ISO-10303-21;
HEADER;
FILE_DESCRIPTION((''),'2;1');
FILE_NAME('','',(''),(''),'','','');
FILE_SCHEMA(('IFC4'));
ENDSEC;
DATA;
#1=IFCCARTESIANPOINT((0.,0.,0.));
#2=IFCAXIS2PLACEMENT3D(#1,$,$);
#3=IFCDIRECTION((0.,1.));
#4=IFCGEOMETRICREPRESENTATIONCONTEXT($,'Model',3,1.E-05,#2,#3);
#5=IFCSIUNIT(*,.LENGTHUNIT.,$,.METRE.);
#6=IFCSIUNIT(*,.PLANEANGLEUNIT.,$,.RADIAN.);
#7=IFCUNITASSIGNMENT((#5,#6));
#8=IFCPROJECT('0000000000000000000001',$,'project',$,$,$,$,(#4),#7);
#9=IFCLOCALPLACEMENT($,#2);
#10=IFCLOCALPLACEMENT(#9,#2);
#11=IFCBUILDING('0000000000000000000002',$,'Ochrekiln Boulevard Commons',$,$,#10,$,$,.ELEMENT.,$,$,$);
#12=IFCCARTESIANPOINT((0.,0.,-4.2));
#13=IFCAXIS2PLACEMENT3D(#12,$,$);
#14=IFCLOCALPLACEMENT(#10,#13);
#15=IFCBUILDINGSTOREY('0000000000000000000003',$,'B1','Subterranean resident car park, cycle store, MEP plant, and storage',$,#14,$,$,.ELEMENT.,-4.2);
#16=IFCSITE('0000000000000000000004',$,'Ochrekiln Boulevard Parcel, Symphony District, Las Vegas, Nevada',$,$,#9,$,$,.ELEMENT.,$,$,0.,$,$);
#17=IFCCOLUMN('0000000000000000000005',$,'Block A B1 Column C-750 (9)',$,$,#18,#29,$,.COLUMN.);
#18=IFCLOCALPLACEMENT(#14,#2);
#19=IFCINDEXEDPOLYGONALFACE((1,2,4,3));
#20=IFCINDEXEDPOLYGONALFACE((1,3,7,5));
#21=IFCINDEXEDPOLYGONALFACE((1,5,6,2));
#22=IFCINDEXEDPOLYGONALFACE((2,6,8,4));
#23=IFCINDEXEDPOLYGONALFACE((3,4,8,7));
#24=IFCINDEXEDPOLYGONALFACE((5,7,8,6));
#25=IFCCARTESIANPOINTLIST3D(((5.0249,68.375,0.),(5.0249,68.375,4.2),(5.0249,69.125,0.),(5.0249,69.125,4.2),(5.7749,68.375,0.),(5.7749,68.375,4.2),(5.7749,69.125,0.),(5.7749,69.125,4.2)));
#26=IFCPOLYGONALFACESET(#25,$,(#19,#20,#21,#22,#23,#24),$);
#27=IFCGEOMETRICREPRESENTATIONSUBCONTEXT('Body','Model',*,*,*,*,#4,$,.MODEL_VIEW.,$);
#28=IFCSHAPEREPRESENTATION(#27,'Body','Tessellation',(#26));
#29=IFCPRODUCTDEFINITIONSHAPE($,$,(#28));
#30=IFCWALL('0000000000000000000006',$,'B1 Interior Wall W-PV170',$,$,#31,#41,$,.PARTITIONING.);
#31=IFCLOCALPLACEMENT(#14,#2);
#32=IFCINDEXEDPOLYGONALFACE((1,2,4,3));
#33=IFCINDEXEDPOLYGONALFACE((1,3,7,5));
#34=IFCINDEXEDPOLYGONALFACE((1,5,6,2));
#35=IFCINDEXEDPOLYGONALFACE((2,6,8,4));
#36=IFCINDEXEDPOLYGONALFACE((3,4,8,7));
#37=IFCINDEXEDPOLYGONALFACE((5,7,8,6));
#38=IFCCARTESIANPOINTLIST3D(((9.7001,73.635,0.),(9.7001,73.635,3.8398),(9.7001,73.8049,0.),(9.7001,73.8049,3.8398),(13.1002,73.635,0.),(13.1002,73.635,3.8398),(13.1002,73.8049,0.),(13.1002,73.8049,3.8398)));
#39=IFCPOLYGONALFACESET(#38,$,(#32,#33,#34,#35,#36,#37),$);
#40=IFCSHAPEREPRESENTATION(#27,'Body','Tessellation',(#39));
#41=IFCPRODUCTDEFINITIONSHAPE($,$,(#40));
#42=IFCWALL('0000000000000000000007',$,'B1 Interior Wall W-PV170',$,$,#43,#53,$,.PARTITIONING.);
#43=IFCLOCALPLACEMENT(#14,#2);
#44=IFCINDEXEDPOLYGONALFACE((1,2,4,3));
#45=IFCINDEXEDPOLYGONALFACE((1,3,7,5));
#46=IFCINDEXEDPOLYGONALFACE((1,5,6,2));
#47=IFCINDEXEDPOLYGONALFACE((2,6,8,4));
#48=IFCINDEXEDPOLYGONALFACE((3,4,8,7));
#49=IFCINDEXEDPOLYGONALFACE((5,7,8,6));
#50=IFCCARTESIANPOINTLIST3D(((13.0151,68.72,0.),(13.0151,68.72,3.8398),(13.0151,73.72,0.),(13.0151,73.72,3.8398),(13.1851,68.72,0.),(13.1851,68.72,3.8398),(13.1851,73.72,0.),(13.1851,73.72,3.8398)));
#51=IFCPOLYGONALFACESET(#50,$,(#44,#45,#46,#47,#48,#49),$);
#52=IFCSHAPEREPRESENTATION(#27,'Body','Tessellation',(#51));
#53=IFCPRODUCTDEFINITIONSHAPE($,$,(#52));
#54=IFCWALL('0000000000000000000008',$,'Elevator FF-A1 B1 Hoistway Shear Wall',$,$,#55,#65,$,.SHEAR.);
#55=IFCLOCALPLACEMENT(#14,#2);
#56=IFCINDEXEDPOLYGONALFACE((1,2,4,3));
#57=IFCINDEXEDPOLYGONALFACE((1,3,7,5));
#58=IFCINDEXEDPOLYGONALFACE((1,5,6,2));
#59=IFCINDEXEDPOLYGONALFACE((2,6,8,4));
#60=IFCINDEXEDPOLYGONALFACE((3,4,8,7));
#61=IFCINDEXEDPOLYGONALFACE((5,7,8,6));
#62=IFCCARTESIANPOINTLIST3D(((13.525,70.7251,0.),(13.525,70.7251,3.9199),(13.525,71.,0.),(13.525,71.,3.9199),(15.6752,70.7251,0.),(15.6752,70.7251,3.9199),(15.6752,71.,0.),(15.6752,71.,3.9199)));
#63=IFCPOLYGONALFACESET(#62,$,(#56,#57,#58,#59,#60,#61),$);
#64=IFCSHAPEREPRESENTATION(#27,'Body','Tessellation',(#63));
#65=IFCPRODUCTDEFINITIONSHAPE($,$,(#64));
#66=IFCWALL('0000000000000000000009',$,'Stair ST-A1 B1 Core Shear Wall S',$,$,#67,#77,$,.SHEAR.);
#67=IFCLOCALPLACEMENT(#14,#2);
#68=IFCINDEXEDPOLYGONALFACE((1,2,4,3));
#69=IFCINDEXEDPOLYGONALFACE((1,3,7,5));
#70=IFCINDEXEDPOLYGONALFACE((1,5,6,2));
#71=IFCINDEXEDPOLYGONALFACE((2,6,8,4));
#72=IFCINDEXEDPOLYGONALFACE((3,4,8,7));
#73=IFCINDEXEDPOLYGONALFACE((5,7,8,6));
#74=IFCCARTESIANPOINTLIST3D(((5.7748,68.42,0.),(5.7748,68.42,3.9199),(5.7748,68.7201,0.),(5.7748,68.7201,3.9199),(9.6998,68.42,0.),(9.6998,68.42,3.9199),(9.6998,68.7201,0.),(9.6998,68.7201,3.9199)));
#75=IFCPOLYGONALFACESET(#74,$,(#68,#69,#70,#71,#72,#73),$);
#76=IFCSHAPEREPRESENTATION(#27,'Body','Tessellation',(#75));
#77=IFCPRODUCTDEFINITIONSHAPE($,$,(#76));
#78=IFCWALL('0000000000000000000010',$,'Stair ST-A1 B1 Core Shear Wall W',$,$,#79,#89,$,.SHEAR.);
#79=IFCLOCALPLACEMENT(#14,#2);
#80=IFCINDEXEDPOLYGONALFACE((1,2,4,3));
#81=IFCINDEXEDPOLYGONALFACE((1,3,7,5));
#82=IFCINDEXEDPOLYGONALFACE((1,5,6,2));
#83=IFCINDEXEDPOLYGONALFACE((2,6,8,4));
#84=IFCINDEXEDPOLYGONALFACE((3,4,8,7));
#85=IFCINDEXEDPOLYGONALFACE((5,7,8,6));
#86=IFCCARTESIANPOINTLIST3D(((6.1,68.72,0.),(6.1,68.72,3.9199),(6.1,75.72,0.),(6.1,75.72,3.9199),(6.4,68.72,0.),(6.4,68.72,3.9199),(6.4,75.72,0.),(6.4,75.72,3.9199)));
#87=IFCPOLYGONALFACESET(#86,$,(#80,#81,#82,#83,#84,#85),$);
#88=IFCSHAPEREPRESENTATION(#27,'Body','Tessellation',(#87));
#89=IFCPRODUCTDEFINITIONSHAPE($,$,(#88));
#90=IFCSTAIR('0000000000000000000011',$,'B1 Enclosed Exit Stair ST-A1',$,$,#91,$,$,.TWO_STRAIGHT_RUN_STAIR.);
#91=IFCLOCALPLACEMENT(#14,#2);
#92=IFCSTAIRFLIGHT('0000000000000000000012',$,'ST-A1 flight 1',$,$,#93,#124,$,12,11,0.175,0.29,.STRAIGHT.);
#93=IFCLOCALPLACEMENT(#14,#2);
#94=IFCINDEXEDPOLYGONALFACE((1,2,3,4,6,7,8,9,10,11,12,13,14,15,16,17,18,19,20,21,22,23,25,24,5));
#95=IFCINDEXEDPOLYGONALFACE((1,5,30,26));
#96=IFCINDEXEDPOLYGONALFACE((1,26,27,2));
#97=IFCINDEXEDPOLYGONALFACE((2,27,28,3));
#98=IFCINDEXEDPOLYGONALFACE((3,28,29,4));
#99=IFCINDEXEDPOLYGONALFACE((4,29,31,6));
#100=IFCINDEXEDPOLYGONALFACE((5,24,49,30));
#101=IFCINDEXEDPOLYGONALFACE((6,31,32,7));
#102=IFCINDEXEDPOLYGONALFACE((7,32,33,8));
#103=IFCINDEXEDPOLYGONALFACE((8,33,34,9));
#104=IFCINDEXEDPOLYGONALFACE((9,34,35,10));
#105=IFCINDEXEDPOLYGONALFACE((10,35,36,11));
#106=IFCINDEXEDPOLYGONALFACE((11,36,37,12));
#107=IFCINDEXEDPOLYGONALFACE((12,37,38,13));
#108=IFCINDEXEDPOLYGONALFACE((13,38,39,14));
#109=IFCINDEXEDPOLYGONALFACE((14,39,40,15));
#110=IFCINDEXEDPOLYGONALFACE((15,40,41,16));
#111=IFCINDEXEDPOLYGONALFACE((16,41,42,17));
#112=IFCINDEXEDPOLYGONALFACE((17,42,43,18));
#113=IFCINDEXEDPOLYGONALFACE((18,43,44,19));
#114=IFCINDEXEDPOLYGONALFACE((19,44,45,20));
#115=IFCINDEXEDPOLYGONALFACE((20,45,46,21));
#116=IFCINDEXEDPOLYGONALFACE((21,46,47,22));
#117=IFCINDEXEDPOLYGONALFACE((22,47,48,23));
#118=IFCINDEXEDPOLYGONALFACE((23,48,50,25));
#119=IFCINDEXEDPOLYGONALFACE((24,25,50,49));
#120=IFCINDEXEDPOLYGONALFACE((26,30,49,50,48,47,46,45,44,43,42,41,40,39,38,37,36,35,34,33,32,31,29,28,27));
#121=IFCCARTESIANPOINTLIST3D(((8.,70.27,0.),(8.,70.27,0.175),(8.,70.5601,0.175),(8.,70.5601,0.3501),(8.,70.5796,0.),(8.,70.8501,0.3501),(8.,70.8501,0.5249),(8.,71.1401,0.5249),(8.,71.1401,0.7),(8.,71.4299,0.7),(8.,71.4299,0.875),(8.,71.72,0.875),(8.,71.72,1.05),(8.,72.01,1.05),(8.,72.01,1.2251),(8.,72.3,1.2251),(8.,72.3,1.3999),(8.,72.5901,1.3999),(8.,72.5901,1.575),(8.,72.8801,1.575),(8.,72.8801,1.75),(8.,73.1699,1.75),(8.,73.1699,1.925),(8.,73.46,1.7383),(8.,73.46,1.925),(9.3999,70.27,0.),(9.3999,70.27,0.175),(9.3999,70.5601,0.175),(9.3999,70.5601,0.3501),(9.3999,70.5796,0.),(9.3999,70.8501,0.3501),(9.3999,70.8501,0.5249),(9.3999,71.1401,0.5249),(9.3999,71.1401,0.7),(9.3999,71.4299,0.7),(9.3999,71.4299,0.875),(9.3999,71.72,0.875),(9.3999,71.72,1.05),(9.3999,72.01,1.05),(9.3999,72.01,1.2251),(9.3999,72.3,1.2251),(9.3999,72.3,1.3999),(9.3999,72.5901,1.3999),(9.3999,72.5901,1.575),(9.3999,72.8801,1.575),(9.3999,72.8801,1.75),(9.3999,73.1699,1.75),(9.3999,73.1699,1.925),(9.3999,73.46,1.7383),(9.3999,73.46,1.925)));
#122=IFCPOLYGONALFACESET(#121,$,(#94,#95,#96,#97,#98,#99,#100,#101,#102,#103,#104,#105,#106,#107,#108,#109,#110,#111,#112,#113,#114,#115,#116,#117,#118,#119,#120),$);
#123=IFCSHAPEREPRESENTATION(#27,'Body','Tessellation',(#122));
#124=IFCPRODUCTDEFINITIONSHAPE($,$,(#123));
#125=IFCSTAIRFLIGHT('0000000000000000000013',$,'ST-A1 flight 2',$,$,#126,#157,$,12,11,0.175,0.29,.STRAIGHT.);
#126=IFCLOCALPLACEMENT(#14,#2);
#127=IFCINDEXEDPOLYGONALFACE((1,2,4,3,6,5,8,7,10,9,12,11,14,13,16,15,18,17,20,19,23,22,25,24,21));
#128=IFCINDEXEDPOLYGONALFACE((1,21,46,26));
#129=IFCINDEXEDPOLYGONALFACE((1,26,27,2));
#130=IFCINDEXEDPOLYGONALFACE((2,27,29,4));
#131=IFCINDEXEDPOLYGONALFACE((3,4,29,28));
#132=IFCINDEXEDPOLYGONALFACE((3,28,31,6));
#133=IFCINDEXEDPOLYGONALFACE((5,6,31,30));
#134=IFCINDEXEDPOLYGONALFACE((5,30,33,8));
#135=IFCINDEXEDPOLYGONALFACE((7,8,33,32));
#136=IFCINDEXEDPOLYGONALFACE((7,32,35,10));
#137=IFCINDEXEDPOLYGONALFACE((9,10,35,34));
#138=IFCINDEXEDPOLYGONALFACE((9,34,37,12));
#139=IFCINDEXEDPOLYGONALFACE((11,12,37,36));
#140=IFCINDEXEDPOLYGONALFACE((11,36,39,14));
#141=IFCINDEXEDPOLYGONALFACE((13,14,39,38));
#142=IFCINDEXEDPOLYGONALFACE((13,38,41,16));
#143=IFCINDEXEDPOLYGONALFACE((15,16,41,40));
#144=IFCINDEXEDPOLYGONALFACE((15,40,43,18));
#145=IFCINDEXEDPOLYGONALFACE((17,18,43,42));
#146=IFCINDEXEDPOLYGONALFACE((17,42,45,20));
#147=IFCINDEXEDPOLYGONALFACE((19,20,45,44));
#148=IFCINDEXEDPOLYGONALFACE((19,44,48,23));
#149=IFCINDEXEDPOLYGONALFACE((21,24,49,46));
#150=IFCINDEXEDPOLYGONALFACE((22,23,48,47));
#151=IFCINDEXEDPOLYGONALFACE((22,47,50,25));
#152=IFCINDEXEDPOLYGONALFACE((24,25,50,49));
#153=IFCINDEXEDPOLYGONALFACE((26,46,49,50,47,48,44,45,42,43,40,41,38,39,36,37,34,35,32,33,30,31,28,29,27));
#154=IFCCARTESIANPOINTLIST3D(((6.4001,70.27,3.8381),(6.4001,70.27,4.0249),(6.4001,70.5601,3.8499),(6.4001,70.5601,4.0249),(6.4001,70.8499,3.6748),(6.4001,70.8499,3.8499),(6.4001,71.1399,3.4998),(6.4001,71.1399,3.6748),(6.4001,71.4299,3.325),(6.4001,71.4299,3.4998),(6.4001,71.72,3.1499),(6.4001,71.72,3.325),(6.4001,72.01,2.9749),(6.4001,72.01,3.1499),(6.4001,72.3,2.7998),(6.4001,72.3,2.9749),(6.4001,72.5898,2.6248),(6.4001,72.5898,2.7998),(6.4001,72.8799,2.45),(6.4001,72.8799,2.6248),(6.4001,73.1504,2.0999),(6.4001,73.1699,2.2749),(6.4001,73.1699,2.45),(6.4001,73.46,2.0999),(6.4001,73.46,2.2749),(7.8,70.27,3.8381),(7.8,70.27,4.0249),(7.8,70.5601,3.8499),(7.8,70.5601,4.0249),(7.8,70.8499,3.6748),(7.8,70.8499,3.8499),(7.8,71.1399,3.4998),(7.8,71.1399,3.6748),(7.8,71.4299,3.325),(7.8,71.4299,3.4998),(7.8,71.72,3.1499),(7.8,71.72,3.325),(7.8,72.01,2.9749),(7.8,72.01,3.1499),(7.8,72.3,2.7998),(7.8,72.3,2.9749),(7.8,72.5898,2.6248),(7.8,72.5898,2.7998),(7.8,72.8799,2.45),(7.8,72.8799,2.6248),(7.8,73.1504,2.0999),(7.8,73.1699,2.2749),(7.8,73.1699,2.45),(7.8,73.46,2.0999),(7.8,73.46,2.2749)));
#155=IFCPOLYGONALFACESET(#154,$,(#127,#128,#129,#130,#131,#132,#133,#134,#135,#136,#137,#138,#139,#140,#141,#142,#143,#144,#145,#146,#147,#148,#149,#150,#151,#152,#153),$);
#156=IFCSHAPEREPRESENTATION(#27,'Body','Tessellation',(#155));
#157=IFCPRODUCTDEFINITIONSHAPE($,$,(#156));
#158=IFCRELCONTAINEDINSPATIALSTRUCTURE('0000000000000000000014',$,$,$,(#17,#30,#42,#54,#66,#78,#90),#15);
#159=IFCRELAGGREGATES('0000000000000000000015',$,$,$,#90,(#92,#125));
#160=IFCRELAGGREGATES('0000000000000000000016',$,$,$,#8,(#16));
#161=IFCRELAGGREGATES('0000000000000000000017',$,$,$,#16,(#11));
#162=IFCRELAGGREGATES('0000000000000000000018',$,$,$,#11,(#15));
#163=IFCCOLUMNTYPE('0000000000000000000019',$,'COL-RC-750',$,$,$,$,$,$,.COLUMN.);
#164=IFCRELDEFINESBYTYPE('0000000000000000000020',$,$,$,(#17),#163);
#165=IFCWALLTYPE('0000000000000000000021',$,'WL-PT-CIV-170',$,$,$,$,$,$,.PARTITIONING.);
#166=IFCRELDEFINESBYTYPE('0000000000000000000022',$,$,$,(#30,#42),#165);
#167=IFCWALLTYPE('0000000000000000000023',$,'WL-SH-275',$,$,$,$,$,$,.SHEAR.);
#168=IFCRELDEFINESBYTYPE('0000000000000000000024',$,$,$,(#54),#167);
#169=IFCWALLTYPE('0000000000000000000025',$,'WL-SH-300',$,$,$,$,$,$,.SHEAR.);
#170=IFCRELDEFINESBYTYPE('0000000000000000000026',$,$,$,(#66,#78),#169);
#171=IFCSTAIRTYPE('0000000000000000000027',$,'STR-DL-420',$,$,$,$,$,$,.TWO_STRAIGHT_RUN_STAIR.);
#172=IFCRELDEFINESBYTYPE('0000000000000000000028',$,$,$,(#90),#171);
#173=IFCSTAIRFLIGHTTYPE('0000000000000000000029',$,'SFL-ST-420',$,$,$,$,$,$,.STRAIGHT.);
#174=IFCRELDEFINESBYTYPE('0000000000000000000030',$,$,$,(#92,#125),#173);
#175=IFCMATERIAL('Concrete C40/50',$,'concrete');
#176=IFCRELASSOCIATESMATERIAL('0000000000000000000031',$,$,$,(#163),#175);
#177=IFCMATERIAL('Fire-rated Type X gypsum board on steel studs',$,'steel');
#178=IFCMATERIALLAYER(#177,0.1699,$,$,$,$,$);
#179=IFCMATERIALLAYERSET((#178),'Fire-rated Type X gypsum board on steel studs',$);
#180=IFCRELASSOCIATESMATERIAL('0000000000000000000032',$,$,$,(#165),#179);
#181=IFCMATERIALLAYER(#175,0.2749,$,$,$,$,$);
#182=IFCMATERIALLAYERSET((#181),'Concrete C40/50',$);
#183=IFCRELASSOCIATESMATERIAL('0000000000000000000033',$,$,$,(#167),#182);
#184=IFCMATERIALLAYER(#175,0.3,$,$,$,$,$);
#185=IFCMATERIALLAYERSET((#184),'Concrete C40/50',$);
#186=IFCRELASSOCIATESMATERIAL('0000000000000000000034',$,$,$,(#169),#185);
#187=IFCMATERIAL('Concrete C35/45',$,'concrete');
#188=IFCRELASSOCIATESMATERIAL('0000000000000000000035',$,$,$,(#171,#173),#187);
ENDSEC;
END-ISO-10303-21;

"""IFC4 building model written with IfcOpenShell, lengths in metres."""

from ifc_helpers import new_model, si_unit, direction, frame, frame_2d, origin, origin_2d, place, context, subcontext, project, spatial, polyline, rectangle, outline, extrude, material, layer, layer_set, material_profile, profile_set, type_object, element, aggregate, save


model = new_model("IFC4")

# Units and contexts
model_context = context("Model", 3, precision=1e-05, world=origin(), true_north=direction((0.0, 1.0)))
body_context = subcontext(model_context, "Body", "Model", "MODEL_VIEW")
ifc_project = project(units=[si_unit("LENGTHUNIT", "METRE"), si_unit("PLANEANGLEUNIT", "RADIAN")], contexts=[model_context])

# Site, building, storey
site_placement = place(None, origin())
site = spatial("IfcSite", under=ifc_project, at=site_placement, Name="Ochrekiln Boulevard Parcel, Symphony District, Las Vegas, Nevada", CompositionType="ELEMENT", RefElevation=0.0)
building_placement = place(site_placement, origin())
building = spatial("IfcBuilding", under=site, at=building_placement, Name="Ochrekiln Boulevard Commons", CompositionType="ELEMENT")
storey_placement = place(building_placement, frame((0.0, 0.0, -4.2)))
storey = spatial("IfcBuildingStorey", under=building, at=storey_placement, Name="B1", Description="Subterranean resident car park, cycle store, MEP plant, and storage", CompositionType="ELEMENT", Elevation=-4.2)

# Shared definitions
ifc_material_1 = material(Name="Concrete C35/45", Category="concrete")

# Column
ifc_material_2 = material(Name="Concrete C40/50", Category="concrete")
ifc_material_profile_1 = material_profile(ifc_material_2, rectangle(XDim=0.75, YDim=0.75, at=origin_2d()), Name="RC-COL-750x750")
ifc_profile_set_1 = profile_set([ifc_material_profile_1], Name="Concrete C40/50")
column_type_1 = type_object("IfcColumnType", Name="COL-RC-750", PredefinedType="COLUMN", material=ifc_profile_set_1)
column_1_placement = place(storey_placement, frame((5.3999, 68.75, 0.0), z_axis=(0.0, 0.0, 1.0), x_axis=(1.0, 0.0, 0.0)))
element("IfcColumn", 1, at=column_1_placement, inside=storey, type_object=column_type_1, Name="Block A B1 Column C-750 (9)", PredefinedType="COLUMN", context=body_context, shape_type="SweptSolid", body=[
    extrude(rectangle(XDim=0.75, YDim=0.75, at=origin_2d()), origin(), (0.0, 0.0, 1.0), 4.2),
])

# Shared definitions
ifc_material_3 = material(Name="Fire-rated Type X gypsum board on steel studs", Category="steel")
ifc_layer_1 = layer(ifc_material_3, 0.1699)
ifc_layer_set_1 = layer_set([ifc_layer_1], Name="Fire-rated Type X gypsum board on steel studs")
wall_type_1 = type_object("IfcWallType", Name="WL-PT-CIV-170", PredefinedType="PARTITIONING", material=ifc_layer_set_1)

# Walls
wall_1_placement = place(storey_placement, frame((9.7, 73.72, 0.0), z_axis=(0.0, 0.0, 1.0), x_axis=(1.0, 0.0, 0.0)))
element("IfcWall", 2, at=wall_1_placement, inside=storey, type_object=wall_type_1, Name="B1 Interior Wall W-PV170", PredefinedType="PARTITIONING", context=body_context, shape_type="SweptSolid", body=[
    extrude(rectangle(XDim=3.4001, YDim=0.1699, at=frame_2d((1.7002, 0.0))), origin(), (0.0, 0.0, 1.0), 3.8398),
])
wall_2_placement = place(storey_placement, frame((13.1001, 68.72, 0.0), z_axis=(0.0, 0.0, 1.0), x_axis=(0.0, 1.0, 0.0)))
element("IfcWall", 3, at=wall_2_placement, inside=storey, type_object=wall_type_1, Name="B1 Interior Wall W-PV170", PredefinedType="PARTITIONING", context=body_context, shape_type="SweptSolid", body=[
    extrude(rectangle(XDim=5.0, YDim=0.1699, at=frame_2d((2.5, 0.0))), origin(), (0.0, 0.0, 1.0), 3.8398),
])
ifc_layer_2 = layer(ifc_material_2, 0.2749)
ifc_layer_set_2 = layer_set([ifc_layer_2], Name="Concrete C40/50")
wall_type_2 = type_object("IfcWallType", Name="WL-SH-275", PredefinedType="SHEAR", material=ifc_layer_set_2)
wall_3_placement = place(storey_placement, frame((13.5249, 70.8625, 0.0), z_axis=(0.0, 0.0, 1.0), x_axis=(1.0, 0.0, 0.0)))
element("IfcWall", 4, at=wall_3_placement, inside=storey, type_object=wall_type_2, Name="Elevator FF-A1 B1 Hoistway Shear Wall", PredefinedType="SHEAR", context=body_context, shape_type="SweptSolid", body=[
    extrude(rectangle(XDim=2.1501, YDim=0.2749, at=frame_2d((1.0752, 0.0))), origin(), (0.0, 0.0, 1.0), 3.9199),
])
ifc_layer_3 = layer(ifc_material_2, 0.3)
ifc_layer_set_3 = layer_set([ifc_layer_3], Name="Concrete C40/50")
wall_type_3 = type_object("IfcWallType", Name="WL-SH-300", PredefinedType="SHEAR", material=ifc_layer_set_3)
wall_4_placement = place(storey_placement, frame((5.7749, 68.5701, 0.0), z_axis=(0.0, 0.0, 1.0), x_axis=(1.0, 0.0, 0.0)))
element("IfcWall", 5, at=wall_4_placement, inside=storey, type_object=wall_type_3, Name="Stair ST-A1 B1 Core Shear Wall S", PredefinedType="SHEAR", context=body_context, shape_type="SweptSolid", body=[
    extrude(rectangle(XDim=3.925, YDim=0.3, at=frame_2d((1.9624, 0.0))), origin(), (0.0, 0.0, 1.0), 3.9199),
])
wall_5_placement = place(storey_placement, frame((6.25, 68.72, 0.0), z_axis=(0.0, 0.0, 1.0), x_axis=(0.0, 1.0, 0.0)))
element("IfcWall", 6, at=wall_5_placement, inside=storey, type_object=wall_type_3, Name="Stair ST-A1 B1 Core Shear Wall W", PredefinedType="SHEAR", context=body_context, shape_type="SweptSolid", body=[
    extrude(rectangle(XDim=7.0, YDim=0.3, at=frame_2d((3.5, 0.0))), origin(), (0.0, 0.0, 1.0), 3.9199),
])

# Stair, stair flights
stair_type = type_object("IfcStairType", Name="STR-DL-420", PredefinedType="TWO_STRAIGHT_RUN_STAIR", material=ifc_material_1)
stair_placement = place(storey_placement, origin())
stair = element("IfcStair", 7, at=stair_placement, inside=storey, type_object=stair_type, Name="B1 Enclosed Exit Stair ST-A1", PredefinedType="TWO_STRAIGHT_RUN_STAIR")
stair_flight_type = type_object("IfcStairFlightType", Name="SFL-ST-420", PredefinedType="STRAIGHT", material=ifc_material_1)
stair_flight_1_placement = place(storey_placement, frame((8.7, 70.27, 0.0), z_axis=(0.0, 0.0, 1.0), x_axis=(0.0, 1.0, 0.0)))
stair_flight_1 = element("IfcStairFlight", 8, at=stair_flight_1_placement, type_object=stair_flight_type, Name="ST-A1 flight 1", NumberOfRisers=12, NumberOfTreads=11, PredefinedType="STRAIGHT", RiserHeight=0.175, TreadLength=0.29, context=body_context, shape_type="SweptSolid", body=[
    extrude(outline(polyline([(0.0, 0.0), (0.0, 0.175), (0.29, 0.175), (0.29, 0.3501), (0.5801, 0.3501), (0.5801, 0.5249), (0.8701, 0.5249), (0.8701, 0.7), (1.1599, 0.7), (1.1599, 0.875), (1.45, 0.875), (1.45, 1.05), (1.74, 1.05), (1.74, 1.2251), (2.03, 1.2251), (2.03, 1.3999), (2.3201, 1.3999), (2.3201, 1.575), (2.6101, 1.575), (2.6101, 1.75), (2.8999, 1.75), (2.8999, 1.925), (3.1899, 1.925), (3.1899, 2.1001), (3.1899, 1.7383), (0.3096, 0.0), (0.0, 0.0)])), frame((0.0, 0.7, 0.0), z_axis=(0.0, -1.0, 0.0), x_axis=(1.0, 0.0, 0.0)), (0.0, 0.0, 1.0), 1.3999),
])
stair_flight_2_placement = place(storey_placement, frame((7.1001, 73.46, 2.0999), z_axis=(0.0, 0.0, 1.0), x_axis=(0.0, -1.0, 0.0)))
stair_flight_2 = element("IfcStairFlight", 9, at=stair_flight_2_placement, type_object=stair_flight_type, Name="ST-A1 flight 2", NumberOfRisers=12, NumberOfTreads=11, PredefinedType="STRAIGHT", RiserHeight=0.175, TreadLength=0.29, context=body_context, shape_type="SweptSolid", body=[
    extrude(outline(polyline([(0.0, 0.0), (0.0, 0.175), (0.29, 0.175), (0.29, 0.3501), (0.5801, 0.3501), (0.5801, 0.5249), (0.8701, 0.5249), (0.8701, 0.7), (1.1599, 0.7), (1.1599, 0.875), (1.45, 0.875), (1.45, 1.05), (1.74, 1.05), (1.74, 1.2251), (2.03, 1.2251), (2.03, 1.3999), (2.3201, 1.3999), (2.3201, 1.575), (2.6101, 1.575), (2.6101, 1.75), (2.8999, 1.75), (2.8999, 1.925), (3.1899, 1.925), (3.1899, 2.1001), (3.1899, 1.7383), (0.3096, 0.0), (0.0, 0.0)])), frame((0.0, 0.7, 0.0), z_axis=(0.0, -1.0, 0.0), x_axis=(1.0, 0.0, 0.0)), (0.0, 0.0, 1.0), 1.3999),
])
aggregate(stair, [stair_flight_1, stair_flight_2])

save(model, "model.ifc")
